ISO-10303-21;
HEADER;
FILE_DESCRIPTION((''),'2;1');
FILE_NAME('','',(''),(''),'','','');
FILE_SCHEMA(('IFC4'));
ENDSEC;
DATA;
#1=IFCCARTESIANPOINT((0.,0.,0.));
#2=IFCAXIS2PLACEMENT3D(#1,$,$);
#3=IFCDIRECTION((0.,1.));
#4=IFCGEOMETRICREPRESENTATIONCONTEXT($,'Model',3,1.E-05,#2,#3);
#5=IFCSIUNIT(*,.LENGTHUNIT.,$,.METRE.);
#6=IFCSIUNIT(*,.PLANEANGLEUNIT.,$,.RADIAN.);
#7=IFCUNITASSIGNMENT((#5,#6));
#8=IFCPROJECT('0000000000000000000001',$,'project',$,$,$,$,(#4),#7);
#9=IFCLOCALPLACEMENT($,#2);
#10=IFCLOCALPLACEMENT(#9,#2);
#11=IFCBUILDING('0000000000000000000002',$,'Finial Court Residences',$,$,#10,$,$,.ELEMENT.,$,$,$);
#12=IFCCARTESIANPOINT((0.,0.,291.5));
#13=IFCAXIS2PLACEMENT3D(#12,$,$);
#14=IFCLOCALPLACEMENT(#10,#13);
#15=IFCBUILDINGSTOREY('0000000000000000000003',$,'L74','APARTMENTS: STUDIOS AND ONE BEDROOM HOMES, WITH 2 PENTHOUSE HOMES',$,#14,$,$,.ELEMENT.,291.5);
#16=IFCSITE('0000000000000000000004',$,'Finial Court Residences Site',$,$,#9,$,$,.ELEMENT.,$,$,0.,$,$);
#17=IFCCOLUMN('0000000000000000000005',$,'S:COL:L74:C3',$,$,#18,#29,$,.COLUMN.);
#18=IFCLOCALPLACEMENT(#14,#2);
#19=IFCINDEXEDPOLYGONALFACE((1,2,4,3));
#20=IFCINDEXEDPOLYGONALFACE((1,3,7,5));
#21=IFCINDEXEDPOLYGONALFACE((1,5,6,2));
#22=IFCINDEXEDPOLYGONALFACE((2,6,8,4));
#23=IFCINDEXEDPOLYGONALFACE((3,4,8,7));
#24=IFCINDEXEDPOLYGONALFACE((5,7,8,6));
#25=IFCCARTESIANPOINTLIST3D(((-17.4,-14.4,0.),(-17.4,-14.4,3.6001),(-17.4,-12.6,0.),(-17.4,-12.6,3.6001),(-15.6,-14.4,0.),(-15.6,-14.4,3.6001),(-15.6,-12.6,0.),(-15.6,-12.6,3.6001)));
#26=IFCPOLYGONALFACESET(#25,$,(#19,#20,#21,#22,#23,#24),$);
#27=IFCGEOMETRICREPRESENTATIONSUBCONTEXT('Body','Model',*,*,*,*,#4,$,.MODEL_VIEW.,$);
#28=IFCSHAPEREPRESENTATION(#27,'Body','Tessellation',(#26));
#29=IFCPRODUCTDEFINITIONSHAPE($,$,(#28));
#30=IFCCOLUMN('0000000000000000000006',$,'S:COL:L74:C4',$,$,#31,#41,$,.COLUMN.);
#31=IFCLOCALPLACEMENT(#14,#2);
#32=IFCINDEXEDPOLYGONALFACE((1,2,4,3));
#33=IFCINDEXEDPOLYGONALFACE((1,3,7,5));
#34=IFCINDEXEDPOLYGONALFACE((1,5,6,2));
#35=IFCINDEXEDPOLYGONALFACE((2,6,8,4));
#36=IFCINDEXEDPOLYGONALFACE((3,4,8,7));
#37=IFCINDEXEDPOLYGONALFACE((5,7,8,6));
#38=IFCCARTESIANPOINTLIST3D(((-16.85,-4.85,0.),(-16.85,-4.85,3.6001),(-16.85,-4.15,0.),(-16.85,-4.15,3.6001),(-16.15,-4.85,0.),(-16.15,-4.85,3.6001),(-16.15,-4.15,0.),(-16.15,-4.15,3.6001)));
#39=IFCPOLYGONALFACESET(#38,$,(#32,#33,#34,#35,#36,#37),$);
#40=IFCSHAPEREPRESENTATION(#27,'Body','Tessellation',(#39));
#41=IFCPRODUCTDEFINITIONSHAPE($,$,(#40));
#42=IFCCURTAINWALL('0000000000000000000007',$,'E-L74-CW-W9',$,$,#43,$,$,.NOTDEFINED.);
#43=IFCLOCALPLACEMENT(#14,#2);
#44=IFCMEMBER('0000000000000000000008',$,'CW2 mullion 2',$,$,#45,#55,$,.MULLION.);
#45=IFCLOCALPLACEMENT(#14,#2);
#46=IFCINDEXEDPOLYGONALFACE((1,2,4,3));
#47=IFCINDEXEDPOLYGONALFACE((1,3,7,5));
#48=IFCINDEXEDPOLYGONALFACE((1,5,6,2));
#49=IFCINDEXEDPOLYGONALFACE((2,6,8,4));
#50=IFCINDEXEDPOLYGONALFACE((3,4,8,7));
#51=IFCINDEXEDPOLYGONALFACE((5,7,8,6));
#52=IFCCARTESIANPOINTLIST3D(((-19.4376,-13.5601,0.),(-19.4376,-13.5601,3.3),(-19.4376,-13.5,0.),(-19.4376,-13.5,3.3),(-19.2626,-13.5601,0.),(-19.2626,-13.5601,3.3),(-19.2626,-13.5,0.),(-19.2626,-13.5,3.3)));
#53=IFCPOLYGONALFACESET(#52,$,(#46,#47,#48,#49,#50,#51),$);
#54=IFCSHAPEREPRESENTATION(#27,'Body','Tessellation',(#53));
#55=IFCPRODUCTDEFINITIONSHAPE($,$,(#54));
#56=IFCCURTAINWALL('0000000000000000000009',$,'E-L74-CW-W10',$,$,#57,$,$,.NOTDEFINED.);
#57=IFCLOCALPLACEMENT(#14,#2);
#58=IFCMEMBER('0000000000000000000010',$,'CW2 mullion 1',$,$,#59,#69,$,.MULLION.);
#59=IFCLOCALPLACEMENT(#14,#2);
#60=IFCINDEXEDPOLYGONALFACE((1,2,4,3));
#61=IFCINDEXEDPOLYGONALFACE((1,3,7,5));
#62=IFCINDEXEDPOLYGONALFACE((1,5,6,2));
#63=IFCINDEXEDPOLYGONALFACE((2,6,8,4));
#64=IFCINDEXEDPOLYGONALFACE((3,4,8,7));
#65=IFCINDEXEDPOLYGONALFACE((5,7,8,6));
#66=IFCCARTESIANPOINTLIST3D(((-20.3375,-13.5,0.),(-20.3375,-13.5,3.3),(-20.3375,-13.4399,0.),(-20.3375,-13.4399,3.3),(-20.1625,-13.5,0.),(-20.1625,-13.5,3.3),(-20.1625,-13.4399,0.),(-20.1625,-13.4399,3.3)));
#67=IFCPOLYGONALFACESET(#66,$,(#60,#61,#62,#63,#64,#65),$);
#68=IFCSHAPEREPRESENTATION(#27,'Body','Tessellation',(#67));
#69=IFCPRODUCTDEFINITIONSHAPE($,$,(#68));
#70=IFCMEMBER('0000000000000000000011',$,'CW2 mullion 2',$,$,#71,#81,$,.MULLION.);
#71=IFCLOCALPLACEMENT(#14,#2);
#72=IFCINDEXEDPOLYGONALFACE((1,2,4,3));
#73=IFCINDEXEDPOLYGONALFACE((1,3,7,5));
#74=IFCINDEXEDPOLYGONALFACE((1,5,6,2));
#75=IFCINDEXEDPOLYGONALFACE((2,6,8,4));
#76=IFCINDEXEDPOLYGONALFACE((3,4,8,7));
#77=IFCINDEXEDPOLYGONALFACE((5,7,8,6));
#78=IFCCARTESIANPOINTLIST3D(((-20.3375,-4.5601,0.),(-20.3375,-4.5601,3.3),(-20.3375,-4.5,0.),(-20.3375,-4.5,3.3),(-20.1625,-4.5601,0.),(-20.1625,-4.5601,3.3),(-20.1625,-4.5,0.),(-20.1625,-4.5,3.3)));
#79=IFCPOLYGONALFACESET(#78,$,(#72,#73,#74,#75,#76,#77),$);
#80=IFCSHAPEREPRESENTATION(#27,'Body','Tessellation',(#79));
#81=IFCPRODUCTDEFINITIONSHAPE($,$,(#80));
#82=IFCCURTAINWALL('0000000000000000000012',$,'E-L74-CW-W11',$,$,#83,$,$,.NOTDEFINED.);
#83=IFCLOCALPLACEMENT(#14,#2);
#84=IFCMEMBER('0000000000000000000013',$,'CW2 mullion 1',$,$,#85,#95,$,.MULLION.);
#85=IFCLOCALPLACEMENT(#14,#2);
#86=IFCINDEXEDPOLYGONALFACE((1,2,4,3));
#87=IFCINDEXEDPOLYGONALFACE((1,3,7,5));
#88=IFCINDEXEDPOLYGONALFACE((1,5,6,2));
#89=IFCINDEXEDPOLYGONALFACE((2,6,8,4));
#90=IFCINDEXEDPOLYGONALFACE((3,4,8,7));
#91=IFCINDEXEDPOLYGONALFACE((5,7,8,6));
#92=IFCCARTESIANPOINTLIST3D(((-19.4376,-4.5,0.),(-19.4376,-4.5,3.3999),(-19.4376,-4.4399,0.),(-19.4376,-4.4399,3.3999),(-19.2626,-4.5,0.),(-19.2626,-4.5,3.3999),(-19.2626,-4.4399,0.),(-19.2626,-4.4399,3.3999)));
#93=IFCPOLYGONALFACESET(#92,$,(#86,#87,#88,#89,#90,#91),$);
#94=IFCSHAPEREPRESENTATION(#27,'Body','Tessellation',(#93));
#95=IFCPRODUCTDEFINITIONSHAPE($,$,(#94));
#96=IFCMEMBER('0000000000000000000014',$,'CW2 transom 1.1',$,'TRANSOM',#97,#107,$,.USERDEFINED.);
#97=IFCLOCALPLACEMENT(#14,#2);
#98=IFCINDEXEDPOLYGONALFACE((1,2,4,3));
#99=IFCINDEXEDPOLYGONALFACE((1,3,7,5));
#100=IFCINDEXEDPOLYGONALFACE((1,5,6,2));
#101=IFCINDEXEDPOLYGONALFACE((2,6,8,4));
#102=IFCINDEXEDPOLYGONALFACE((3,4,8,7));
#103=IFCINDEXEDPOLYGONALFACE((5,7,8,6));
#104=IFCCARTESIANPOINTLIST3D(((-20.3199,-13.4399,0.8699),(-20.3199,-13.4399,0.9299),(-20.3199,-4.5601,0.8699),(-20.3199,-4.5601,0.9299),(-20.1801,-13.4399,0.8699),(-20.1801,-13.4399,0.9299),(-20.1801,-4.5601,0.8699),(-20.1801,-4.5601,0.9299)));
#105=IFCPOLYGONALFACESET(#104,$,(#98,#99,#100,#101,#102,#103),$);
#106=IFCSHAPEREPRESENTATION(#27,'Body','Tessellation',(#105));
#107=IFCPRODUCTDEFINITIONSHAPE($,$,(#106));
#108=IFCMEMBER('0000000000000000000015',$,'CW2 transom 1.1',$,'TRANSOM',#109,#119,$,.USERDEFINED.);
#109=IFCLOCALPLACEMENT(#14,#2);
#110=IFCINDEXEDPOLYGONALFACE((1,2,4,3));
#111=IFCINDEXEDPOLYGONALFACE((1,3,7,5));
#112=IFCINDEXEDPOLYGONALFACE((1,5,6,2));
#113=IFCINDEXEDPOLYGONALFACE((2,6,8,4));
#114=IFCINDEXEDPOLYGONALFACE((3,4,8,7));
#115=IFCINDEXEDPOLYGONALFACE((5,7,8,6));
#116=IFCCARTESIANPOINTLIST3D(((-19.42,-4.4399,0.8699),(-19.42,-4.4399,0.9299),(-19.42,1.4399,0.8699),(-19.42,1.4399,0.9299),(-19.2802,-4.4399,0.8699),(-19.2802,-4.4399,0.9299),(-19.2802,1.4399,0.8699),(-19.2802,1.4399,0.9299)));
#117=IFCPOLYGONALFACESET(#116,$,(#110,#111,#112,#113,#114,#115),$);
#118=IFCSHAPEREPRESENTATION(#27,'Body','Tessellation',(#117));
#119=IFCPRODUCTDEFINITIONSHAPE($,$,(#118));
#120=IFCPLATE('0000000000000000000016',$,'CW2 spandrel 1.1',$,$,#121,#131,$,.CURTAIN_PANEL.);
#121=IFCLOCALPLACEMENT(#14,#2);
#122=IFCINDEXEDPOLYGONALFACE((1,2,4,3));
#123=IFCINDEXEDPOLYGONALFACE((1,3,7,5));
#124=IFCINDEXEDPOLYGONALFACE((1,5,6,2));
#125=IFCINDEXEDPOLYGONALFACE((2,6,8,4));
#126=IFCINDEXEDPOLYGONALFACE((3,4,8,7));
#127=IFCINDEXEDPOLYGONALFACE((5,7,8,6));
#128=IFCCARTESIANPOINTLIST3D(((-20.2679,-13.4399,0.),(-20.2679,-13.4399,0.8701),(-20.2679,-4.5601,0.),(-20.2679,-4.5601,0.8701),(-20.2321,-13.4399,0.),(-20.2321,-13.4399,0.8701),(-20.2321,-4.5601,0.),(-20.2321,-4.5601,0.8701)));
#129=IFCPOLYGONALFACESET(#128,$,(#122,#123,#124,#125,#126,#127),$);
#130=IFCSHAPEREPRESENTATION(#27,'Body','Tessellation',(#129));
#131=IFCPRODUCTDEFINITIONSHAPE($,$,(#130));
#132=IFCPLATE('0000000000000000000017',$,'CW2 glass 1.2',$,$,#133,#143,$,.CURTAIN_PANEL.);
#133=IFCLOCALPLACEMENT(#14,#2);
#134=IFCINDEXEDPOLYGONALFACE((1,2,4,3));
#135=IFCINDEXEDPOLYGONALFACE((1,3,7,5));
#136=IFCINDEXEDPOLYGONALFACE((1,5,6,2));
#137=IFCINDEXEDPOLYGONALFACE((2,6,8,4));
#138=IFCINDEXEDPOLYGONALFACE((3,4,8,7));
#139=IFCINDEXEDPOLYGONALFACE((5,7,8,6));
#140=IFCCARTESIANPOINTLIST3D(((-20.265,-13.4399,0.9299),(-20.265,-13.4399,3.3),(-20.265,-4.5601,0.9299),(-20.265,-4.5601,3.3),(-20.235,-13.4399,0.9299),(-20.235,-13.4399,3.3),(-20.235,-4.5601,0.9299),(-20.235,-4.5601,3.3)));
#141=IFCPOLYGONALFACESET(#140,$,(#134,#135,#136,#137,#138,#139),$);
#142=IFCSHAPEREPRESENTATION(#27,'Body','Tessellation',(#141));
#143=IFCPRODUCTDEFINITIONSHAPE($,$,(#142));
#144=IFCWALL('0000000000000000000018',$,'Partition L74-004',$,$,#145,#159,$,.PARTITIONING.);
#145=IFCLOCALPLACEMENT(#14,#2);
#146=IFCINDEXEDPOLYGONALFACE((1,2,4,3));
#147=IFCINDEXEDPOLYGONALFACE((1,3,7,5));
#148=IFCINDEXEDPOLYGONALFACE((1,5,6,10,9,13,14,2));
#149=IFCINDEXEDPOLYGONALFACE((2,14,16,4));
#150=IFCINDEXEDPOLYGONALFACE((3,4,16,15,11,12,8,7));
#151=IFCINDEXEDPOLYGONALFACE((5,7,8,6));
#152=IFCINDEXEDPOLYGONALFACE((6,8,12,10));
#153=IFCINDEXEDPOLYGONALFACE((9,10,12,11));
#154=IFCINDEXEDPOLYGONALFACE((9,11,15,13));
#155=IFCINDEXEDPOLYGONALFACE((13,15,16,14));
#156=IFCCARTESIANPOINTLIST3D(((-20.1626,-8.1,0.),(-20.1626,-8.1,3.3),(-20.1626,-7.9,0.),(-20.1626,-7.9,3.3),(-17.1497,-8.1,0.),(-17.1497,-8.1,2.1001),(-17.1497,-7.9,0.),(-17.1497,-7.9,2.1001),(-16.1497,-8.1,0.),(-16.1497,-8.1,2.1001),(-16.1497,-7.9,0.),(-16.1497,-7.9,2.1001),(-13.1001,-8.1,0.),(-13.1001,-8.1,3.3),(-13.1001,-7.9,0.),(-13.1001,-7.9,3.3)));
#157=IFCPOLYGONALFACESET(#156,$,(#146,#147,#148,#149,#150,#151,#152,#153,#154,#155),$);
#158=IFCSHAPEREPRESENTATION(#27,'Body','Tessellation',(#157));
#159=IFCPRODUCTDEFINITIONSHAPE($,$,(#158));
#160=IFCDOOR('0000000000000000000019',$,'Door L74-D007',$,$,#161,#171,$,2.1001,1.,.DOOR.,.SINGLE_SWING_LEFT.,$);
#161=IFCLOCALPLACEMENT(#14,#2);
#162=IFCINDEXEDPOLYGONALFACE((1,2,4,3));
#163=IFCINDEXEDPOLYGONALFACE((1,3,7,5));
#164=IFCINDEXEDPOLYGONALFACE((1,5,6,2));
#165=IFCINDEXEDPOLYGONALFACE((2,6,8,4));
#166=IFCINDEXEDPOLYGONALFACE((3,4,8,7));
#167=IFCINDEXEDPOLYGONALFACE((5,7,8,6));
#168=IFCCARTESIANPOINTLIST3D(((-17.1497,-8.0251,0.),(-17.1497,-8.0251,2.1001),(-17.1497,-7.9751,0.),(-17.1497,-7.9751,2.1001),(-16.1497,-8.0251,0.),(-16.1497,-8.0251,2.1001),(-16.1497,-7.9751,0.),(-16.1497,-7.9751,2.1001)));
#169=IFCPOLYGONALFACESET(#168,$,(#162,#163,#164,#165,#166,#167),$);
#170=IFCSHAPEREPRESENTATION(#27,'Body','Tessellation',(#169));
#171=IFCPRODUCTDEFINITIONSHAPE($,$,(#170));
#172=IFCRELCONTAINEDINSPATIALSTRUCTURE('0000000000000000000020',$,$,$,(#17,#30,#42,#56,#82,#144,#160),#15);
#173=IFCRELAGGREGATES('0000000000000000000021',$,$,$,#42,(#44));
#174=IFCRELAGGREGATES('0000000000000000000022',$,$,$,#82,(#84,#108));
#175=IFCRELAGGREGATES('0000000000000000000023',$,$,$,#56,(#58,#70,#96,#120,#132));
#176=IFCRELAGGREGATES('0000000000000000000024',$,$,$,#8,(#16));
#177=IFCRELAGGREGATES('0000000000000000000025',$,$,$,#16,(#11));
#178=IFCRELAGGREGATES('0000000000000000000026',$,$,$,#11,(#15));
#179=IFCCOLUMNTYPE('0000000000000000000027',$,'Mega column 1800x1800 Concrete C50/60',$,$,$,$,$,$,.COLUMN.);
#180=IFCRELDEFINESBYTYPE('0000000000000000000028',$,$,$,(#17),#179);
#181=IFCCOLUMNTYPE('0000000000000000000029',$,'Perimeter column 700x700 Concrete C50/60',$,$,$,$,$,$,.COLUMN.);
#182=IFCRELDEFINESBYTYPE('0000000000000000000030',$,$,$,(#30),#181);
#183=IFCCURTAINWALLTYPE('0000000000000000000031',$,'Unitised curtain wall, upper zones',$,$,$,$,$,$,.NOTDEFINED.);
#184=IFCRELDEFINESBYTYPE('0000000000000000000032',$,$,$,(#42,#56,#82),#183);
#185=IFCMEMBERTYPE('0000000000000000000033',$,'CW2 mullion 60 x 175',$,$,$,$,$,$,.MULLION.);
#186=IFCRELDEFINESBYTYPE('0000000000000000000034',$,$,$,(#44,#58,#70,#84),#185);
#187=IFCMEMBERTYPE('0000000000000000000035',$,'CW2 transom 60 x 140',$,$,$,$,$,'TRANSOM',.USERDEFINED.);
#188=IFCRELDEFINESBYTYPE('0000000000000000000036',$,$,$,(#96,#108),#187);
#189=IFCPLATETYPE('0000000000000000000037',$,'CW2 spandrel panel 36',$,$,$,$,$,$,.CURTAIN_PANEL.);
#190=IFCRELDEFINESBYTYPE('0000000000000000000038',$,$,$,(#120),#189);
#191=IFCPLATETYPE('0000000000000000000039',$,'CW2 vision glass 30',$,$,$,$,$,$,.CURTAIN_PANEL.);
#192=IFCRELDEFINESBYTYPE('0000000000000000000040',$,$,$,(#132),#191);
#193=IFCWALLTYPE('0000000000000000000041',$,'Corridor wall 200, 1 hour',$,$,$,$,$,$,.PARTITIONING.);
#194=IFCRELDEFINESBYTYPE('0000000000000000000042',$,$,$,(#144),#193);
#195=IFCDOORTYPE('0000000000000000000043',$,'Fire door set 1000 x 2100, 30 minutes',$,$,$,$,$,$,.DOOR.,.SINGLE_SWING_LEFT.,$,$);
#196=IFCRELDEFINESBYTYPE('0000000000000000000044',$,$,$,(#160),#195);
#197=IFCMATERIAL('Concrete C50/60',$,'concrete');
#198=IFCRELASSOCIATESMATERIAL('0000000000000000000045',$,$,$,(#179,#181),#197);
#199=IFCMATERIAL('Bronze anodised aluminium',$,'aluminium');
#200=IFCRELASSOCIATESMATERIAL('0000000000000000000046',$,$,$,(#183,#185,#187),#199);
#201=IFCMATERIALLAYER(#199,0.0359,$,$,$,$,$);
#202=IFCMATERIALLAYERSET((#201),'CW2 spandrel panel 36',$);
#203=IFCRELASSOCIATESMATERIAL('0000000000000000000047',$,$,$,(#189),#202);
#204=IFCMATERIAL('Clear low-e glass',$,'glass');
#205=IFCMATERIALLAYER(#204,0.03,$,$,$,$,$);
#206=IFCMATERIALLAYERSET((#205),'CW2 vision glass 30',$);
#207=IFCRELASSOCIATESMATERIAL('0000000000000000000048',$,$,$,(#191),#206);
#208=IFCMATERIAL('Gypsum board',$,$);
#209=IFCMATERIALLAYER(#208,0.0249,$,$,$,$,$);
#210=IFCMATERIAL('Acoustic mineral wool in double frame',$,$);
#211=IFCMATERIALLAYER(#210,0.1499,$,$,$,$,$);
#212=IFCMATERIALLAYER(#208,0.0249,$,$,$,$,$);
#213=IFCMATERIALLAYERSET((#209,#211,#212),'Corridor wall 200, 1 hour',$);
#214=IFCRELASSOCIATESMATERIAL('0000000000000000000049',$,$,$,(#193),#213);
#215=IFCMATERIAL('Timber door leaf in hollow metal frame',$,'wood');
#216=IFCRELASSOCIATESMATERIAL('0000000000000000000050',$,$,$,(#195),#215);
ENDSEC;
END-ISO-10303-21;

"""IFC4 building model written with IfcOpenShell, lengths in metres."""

from ifc_helpers import new_model, si_unit, direction, frame, frame_2d, origin, origin_2d, place, context, subcontext, project, spatial, rectangle, extrude, material, layer, layer_set, material_profile, profile_set, type_object, element, fill, aggregate, save


model = new_model("IFC4")

# Units and contexts
model_context = context("Model", 3, precision=1e-05, world=origin(), true_north=direction((0.0, 1.0)))
body_context = subcontext(model_context, "Body", "Model", "MODEL_VIEW")
ifc_project = project(units=[si_unit("LENGTHUNIT", "METRE"), si_unit("PLANEANGLEUNIT", "RADIAN")], contexts=[model_context])

# Site, building, storey
site_placement = place(None, origin())
site = spatial("IfcSite", under=ifc_project, at=site_placement, Name="Finial Court Residences Site", CompositionType="ELEMENT", RefElevation=0.0)
building_placement = place(site_placement, origin())
building = spatial("IfcBuilding", under=site, at=building_placement, Name="Finial Court Residences", CompositionType="ELEMENT")
storey_placement = place(building_placement, frame((0.0, 0.0, 291.5)))
storey = spatial("IfcBuildingStorey", under=building, at=storey_placement, Name="L74", Description="APARTMENTS: STUDIOS AND ONE BEDROOM HOMES, WITH 2 PENTHOUSE HOMES", CompositionType="ELEMENT", Elevation=291.5)

# Columns
ifc_material_1 = material(Name="Concrete C50/60", Category="concrete")
ifc_material_profile_1 = material_profile(ifc_material_1, rectangle(XDim=1.8, YDim=1.8, at=origin_2d()), Name="1800x1800")
ifc_profile_set_1 = profile_set([ifc_material_profile_1], Name="Concrete C50/60")
column_type_1 = type_object("IfcColumnType", Name="Mega column 1800x1800 Concrete C50/60", PredefinedType="COLUMN", material=ifc_profile_set_1)
column_1_placement = place(storey_placement, frame((-16.5, -13.5, 0.0), z_axis=(0.0, 0.0, 1.0), x_axis=(1.0, 0.0, 0.0)))
element("IfcColumn", 1, at=column_1_placement, inside=storey, type_object=column_type_1, Name="S:COL:L74:C3", PredefinedType="COLUMN", context=body_context, shape_type="SweptSolid", body=[
    extrude(rectangle(XDim=1.8, YDim=1.8, at=origin_2d()), origin(), (0.0, 0.0, 1.0), 3.6001),
])
ifc_material_profile_2 = material_profile(ifc_material_1, rectangle(XDim=0.7, YDim=0.7, at=origin_2d()), Name="700x700")
ifc_profile_set_2 = profile_set([ifc_material_profile_2], Name="Concrete C50/60")
column_type_2 = type_object("IfcColumnType", Name="Perimeter column 700x700 Concrete C50/60", PredefinedType="COLUMN", material=ifc_profile_set_2)
column_2_placement = place(storey_placement, frame((-16.5, -4.5, 0.0), z_axis=(0.0, 0.0, 1.0), x_axis=(1.0, 0.0, 0.0)))
element("IfcColumn", 2, at=column_2_placement, inside=storey, type_object=column_type_2, Name="S:COL:L74:C4", PredefinedType="COLUMN", context=body_context, shape_type="SweptSolid", body=[
    extrude(rectangle(XDim=0.7, YDim=0.7, at=origin_2d()), origin(), (0.0, 0.0, 1.0), 3.6001),
])

# Curtain wall, member
ifc_material_2 = material(Name="Bronze anodised aluminium", Category="aluminium")
curtain_wall_type = type_object("IfcCurtainWallType", Name="Unitised curtain wall, upper zones", PredefinedType="NOTDEFINED", material=ifc_material_2)
curtain_wall_1_placement = place(storey_placement, origin())
curtain_wall_1 = element("IfcCurtainWall", 3, at=curtain_wall_1_placement, inside=storey, type_object=curtain_wall_type, Name="E-L74-CW-W9", PredefinedType="NOTDEFINED")
ifc_material_profile_3 = material_profile(ifc_material_2, rectangle(XDim=0.175, YDim=0.0601, at=origin_2d()), Name="CW2 mullion 60 x 175")
ifc_profile_set_3 = profile_set([ifc_material_profile_3], Name="Bronze anodised aluminium")
member_type_1 = type_object("IfcMemberType", Name="CW2 mullion 60 x 175", PredefinedType="MULLION", material=ifc_profile_set_3)
member_1_placement = place(storey_placement, frame((-19.3501, -13.53, 0.0), z_axis=(0.0, 0.0, 1.0), x_axis=(-1.0, 0.0, 0.0)))
member_1 = element("IfcMember", 4, at=member_1_placement, type_object=member_type_1, Name="CW2 mullion 2", PredefinedType="MULLION", context=body_context, shape_type="SweptSolid", body=[
    extrude(rectangle(XDim=0.175, YDim=0.0601, at=origin_2d()), origin(), (0.0, 0.0, 1.0), 3.3),
])
aggregate(curtain_wall_1, [member_1])

# Curtain wall, members
curtain_wall_2_placement = place(storey_placement, origin())
curtain_wall_2 = element("IfcCurtainWall", 5, at=curtain_wall_2_placement, inside=storey, type_object=curtain_wall_type, Name="E-L74-CW-W10", PredefinedType="NOTDEFINED")
member_2_placement = place(storey_placement, frame((-20.25, -13.47, 0.0), z_axis=(0.0, 0.0, 1.0), x_axis=(-1.0, 0.0, 0.0)))
member_2 = element("IfcMember", 6, at=member_2_placement, type_object=member_type_1, Name="CW2 mullion 1", PredefinedType="MULLION", context=body_context, shape_type="SweptSolid", body=[
    extrude(rectangle(XDim=0.175, YDim=0.0601, at=origin_2d()), origin(), (0.0, 0.0, 1.0), 3.3),
])
member_3_placement = place(storey_placement, frame((-20.25, -4.53, 0.0), z_axis=(0.0, 0.0, 1.0), x_axis=(-1.0, 0.0, 0.0)))
member_3 = element("IfcMember", 7, at=member_3_placement, type_object=member_type_1, Name="CW2 mullion 2", PredefinedType="MULLION", context=body_context, shape_type="SweptSolid", body=[
    extrude(rectangle(XDim=0.175, YDim=0.0601, at=origin_2d()), origin(), (0.0, 0.0, 1.0), 3.3),
])

# Curtain wall, member
curtain_wall_3_placement = place(storey_placement, origin())
curtain_wall_3 = element("IfcCurtainWall", 8, at=curtain_wall_3_placement, inside=storey, type_object=curtain_wall_type, Name="E-L74-CW-W11", PredefinedType="NOTDEFINED")
member_4_placement = place(storey_placement, frame((-19.3501, -4.47, 0.0), z_axis=(0.0, 0.0, 1.0), x_axis=(-1.0, 0.0, 0.0)))
member_4 = element("IfcMember", 9, at=member_4_placement, type_object=member_type_1, Name="CW2 mullion 1", PredefinedType="MULLION", context=body_context, shape_type="SweptSolid", body=[
    extrude(rectangle(XDim=0.175, YDim=0.0601, at=origin_2d()), origin(), (0.0, 0.0, 1.0), 3.3999),
])

# Members
ifc_material_profile_4 = material_profile(ifc_material_2, rectangle(XDim=0.1399, YDim=0.0601, at=origin_2d()), Name="CW2 transom 60 x 140")
ifc_profile_set_4 = profile_set([ifc_material_profile_4], Name="Bronze anodised aluminium")
member_type_2 = type_object("IfcMemberType", Name="CW2 transom 60 x 140", ElementType="TRANSOM", PredefinedType="USERDEFINED", material=ifc_profile_set_4)
member_5_placement = place(storey_placement, frame((-20.25, -13.4399, 0.8999), z_axis=(0.0, 1.0, 0.0), x_axis=(-1.0, 0.0, 0.0)))
member_5 = element("IfcMember", 10, at=member_5_placement, type_object=member_type_2, Name="CW2 transom 1.1", ObjectType="TRANSOM", PredefinedType="USERDEFINED", context=body_context, shape_type="SweptSolid", body=[
    extrude(rectangle(XDim=0.1399, YDim=0.0601, at=origin_2d()), origin(), (0.0, 0.0, 1.0), 8.8799),
])
member_6_placement = place(storey_placement, frame((-19.3501, -4.4399, 0.8999), z_axis=(0.0, 1.0, 0.0), x_axis=(-1.0, 0.0, 0.0)))
member_6 = element("IfcMember", 11, at=member_6_placement, type_object=member_type_2, Name="CW2 transom 1.1", ObjectType="TRANSOM", PredefinedType="USERDEFINED", context=body_context, shape_type="SweptSolid", body=[
    extrude(rectangle(XDim=0.1399, YDim=0.0601, at=origin_2d()), origin(), (0.0, 0.0, 1.0), 5.8799),
])
aggregate(curtain_wall_3, [member_4, member_6])

# Plates
ifc_layer_1 = layer(ifc_material_2, 0.0359)
ifc_layer_set_1 = layer_set([ifc_layer_1], Name="CW2 spandrel panel 36")
plate_type_1 = type_object("IfcPlateType", Name="CW2 spandrel panel 36", PredefinedType="CURTAIN_PANEL", material=ifc_layer_set_1)
plate_1_placement = place(storey_placement, frame((-20.25, -9.0, 0.0), z_axis=(0.0, 0.0, 1.0), x_axis=(0.0, 1.0, 0.0)))
plate_1 = element("IfcPlate", 12, at=plate_1_placement, type_object=plate_type_1, Name="CW2 spandrel 1.1", PredefinedType="CURTAIN_PANEL", context=body_context, shape_type="SweptSolid", body=[
    extrude(rectangle(XDim=8.8799, YDim=0.0359, at=origin_2d()), origin(), (0.0, 0.0, 1.0), 0.8701),
])
ifc_material_3 = material(Name="Clear low-e glass", Category="glass")
ifc_layer_2 = layer(ifc_material_3, 0.03)
ifc_layer_set_2 = layer_set([ifc_layer_2], Name="CW2 vision glass 30")
plate_type_2 = type_object("IfcPlateType", Name="CW2 vision glass 30", PredefinedType="CURTAIN_PANEL", material=ifc_layer_set_2)
plate_2_placement = place(storey_placement, frame((-20.25, -9.0, 0.9299), z_axis=(0.0, 0.0, 1.0), x_axis=(0.0, 1.0, 0.0)))
plate_2 = element("IfcPlate", 13, at=plate_2_placement, type_object=plate_type_2, Name="CW2 glass 1.2", PredefinedType="CURTAIN_PANEL", context=body_context, shape_type="SweptSolid", body=[
    extrude(rectangle(XDim=8.8799, YDim=0.03, at=origin_2d()), origin(), (0.0, 0.0, 1.0), 2.3701),
])
aggregate(curtain_wall_2, [member_2, member_3, member_5, plate_1, plate_2])

# Wall, opening, door
ifc_material_4 = material(Name="Gypsum board")
ifc_layer_3 = layer(ifc_material_4, 0.0249)
ifc_material_5 = material(Name="Acoustic mineral wool in double frame")
ifc_layer_4 = layer(ifc_material_5, 0.1499)
ifc_layer_5 = layer(ifc_material_4, 0.0249)
ifc_layer_set_3 = layer_set([ifc_layer_3, ifc_layer_4, ifc_layer_5], Name="Corridor wall 200, 1 hour")
wall_type_1 = type_object("IfcWallType", Name="Corridor wall 200, 1 hour", PredefinedType="PARTITIONING", material=ifc_layer_set_3)
wall_1_placement = place(storey_placement, frame((-20.1626, -8.0, 0.0), z_axis=(0.0, 0.0, 1.0), x_axis=(1.0, 0.0, 0.0)))
wall_1 = element("IfcWall", 14, at=wall_1_placement, inside=storey, type_object=wall_type_1, Name="Partition L74-004", PredefinedType="PARTITIONING", context=body_context, shape_type="SweptSolid", body=[
    extrude(rectangle(XDim=7.0625, YDim=0.2, at=frame_2d((3.5312, 0.0))), origin(), (0.0, 0.0, 1.0), 3.3),
])
opening_1_placement = place(wall_1_placement, frame((3.0129, 0.0, 0.0)))
opening_1 = element("IfcOpeningElement", 15, at=opening_1_placement, cuts=wall_1, PredefinedType="OPENING", context=body_context, shape_type="SweptSolid", body=[
    extrude(rectangle(XDim=1.0, YDim=2.1001, at=frame_2d((0.5, 1.05))), frame((0.0, 0.1099, 0.0), z_axis=(0.0, -1.0, 0.0), x_axis=(1.0, 0.0, 0.0)), (0.0, 0.0, 1.0), 0.22),
])
ifc_material_6 = material(Name="Timber door leaf in hollow metal frame", Category="wood")
door_type_1 = type_object("IfcDoorType", Name="Fire door set 1000 x 2100, 30 minutes", OperationType="SINGLE_SWING_LEFT", PredefinedType="DOOR", material=ifc_material_6)
door_1_placement = place(opening_1_placement, origin())
door_1 = element("IfcDoor", 16, at=door_1_placement, inside=storey, type_object=door_type_1, Name="Door L74-D007", OperationType="SINGLE_SWING_LEFT", OverallHeight=2.1001, OverallWidth=1.0, PredefinedType="DOOR", context=body_context, shape_type="SweptSolid", body=[
    extrude(rectangle(XDim=1.0, YDim=2.1001, at=frame_2d((0.5, 1.05))), frame((0.0, 0.0249, 0.0), z_axis=(0.0, -1.0, 0.0), x_axis=(1.0, 0.0, 0.0)), (0.0, 0.0, 1.0), 0.05),
])
fill(opening_1, door_1)

save(model, "model.ifc")
